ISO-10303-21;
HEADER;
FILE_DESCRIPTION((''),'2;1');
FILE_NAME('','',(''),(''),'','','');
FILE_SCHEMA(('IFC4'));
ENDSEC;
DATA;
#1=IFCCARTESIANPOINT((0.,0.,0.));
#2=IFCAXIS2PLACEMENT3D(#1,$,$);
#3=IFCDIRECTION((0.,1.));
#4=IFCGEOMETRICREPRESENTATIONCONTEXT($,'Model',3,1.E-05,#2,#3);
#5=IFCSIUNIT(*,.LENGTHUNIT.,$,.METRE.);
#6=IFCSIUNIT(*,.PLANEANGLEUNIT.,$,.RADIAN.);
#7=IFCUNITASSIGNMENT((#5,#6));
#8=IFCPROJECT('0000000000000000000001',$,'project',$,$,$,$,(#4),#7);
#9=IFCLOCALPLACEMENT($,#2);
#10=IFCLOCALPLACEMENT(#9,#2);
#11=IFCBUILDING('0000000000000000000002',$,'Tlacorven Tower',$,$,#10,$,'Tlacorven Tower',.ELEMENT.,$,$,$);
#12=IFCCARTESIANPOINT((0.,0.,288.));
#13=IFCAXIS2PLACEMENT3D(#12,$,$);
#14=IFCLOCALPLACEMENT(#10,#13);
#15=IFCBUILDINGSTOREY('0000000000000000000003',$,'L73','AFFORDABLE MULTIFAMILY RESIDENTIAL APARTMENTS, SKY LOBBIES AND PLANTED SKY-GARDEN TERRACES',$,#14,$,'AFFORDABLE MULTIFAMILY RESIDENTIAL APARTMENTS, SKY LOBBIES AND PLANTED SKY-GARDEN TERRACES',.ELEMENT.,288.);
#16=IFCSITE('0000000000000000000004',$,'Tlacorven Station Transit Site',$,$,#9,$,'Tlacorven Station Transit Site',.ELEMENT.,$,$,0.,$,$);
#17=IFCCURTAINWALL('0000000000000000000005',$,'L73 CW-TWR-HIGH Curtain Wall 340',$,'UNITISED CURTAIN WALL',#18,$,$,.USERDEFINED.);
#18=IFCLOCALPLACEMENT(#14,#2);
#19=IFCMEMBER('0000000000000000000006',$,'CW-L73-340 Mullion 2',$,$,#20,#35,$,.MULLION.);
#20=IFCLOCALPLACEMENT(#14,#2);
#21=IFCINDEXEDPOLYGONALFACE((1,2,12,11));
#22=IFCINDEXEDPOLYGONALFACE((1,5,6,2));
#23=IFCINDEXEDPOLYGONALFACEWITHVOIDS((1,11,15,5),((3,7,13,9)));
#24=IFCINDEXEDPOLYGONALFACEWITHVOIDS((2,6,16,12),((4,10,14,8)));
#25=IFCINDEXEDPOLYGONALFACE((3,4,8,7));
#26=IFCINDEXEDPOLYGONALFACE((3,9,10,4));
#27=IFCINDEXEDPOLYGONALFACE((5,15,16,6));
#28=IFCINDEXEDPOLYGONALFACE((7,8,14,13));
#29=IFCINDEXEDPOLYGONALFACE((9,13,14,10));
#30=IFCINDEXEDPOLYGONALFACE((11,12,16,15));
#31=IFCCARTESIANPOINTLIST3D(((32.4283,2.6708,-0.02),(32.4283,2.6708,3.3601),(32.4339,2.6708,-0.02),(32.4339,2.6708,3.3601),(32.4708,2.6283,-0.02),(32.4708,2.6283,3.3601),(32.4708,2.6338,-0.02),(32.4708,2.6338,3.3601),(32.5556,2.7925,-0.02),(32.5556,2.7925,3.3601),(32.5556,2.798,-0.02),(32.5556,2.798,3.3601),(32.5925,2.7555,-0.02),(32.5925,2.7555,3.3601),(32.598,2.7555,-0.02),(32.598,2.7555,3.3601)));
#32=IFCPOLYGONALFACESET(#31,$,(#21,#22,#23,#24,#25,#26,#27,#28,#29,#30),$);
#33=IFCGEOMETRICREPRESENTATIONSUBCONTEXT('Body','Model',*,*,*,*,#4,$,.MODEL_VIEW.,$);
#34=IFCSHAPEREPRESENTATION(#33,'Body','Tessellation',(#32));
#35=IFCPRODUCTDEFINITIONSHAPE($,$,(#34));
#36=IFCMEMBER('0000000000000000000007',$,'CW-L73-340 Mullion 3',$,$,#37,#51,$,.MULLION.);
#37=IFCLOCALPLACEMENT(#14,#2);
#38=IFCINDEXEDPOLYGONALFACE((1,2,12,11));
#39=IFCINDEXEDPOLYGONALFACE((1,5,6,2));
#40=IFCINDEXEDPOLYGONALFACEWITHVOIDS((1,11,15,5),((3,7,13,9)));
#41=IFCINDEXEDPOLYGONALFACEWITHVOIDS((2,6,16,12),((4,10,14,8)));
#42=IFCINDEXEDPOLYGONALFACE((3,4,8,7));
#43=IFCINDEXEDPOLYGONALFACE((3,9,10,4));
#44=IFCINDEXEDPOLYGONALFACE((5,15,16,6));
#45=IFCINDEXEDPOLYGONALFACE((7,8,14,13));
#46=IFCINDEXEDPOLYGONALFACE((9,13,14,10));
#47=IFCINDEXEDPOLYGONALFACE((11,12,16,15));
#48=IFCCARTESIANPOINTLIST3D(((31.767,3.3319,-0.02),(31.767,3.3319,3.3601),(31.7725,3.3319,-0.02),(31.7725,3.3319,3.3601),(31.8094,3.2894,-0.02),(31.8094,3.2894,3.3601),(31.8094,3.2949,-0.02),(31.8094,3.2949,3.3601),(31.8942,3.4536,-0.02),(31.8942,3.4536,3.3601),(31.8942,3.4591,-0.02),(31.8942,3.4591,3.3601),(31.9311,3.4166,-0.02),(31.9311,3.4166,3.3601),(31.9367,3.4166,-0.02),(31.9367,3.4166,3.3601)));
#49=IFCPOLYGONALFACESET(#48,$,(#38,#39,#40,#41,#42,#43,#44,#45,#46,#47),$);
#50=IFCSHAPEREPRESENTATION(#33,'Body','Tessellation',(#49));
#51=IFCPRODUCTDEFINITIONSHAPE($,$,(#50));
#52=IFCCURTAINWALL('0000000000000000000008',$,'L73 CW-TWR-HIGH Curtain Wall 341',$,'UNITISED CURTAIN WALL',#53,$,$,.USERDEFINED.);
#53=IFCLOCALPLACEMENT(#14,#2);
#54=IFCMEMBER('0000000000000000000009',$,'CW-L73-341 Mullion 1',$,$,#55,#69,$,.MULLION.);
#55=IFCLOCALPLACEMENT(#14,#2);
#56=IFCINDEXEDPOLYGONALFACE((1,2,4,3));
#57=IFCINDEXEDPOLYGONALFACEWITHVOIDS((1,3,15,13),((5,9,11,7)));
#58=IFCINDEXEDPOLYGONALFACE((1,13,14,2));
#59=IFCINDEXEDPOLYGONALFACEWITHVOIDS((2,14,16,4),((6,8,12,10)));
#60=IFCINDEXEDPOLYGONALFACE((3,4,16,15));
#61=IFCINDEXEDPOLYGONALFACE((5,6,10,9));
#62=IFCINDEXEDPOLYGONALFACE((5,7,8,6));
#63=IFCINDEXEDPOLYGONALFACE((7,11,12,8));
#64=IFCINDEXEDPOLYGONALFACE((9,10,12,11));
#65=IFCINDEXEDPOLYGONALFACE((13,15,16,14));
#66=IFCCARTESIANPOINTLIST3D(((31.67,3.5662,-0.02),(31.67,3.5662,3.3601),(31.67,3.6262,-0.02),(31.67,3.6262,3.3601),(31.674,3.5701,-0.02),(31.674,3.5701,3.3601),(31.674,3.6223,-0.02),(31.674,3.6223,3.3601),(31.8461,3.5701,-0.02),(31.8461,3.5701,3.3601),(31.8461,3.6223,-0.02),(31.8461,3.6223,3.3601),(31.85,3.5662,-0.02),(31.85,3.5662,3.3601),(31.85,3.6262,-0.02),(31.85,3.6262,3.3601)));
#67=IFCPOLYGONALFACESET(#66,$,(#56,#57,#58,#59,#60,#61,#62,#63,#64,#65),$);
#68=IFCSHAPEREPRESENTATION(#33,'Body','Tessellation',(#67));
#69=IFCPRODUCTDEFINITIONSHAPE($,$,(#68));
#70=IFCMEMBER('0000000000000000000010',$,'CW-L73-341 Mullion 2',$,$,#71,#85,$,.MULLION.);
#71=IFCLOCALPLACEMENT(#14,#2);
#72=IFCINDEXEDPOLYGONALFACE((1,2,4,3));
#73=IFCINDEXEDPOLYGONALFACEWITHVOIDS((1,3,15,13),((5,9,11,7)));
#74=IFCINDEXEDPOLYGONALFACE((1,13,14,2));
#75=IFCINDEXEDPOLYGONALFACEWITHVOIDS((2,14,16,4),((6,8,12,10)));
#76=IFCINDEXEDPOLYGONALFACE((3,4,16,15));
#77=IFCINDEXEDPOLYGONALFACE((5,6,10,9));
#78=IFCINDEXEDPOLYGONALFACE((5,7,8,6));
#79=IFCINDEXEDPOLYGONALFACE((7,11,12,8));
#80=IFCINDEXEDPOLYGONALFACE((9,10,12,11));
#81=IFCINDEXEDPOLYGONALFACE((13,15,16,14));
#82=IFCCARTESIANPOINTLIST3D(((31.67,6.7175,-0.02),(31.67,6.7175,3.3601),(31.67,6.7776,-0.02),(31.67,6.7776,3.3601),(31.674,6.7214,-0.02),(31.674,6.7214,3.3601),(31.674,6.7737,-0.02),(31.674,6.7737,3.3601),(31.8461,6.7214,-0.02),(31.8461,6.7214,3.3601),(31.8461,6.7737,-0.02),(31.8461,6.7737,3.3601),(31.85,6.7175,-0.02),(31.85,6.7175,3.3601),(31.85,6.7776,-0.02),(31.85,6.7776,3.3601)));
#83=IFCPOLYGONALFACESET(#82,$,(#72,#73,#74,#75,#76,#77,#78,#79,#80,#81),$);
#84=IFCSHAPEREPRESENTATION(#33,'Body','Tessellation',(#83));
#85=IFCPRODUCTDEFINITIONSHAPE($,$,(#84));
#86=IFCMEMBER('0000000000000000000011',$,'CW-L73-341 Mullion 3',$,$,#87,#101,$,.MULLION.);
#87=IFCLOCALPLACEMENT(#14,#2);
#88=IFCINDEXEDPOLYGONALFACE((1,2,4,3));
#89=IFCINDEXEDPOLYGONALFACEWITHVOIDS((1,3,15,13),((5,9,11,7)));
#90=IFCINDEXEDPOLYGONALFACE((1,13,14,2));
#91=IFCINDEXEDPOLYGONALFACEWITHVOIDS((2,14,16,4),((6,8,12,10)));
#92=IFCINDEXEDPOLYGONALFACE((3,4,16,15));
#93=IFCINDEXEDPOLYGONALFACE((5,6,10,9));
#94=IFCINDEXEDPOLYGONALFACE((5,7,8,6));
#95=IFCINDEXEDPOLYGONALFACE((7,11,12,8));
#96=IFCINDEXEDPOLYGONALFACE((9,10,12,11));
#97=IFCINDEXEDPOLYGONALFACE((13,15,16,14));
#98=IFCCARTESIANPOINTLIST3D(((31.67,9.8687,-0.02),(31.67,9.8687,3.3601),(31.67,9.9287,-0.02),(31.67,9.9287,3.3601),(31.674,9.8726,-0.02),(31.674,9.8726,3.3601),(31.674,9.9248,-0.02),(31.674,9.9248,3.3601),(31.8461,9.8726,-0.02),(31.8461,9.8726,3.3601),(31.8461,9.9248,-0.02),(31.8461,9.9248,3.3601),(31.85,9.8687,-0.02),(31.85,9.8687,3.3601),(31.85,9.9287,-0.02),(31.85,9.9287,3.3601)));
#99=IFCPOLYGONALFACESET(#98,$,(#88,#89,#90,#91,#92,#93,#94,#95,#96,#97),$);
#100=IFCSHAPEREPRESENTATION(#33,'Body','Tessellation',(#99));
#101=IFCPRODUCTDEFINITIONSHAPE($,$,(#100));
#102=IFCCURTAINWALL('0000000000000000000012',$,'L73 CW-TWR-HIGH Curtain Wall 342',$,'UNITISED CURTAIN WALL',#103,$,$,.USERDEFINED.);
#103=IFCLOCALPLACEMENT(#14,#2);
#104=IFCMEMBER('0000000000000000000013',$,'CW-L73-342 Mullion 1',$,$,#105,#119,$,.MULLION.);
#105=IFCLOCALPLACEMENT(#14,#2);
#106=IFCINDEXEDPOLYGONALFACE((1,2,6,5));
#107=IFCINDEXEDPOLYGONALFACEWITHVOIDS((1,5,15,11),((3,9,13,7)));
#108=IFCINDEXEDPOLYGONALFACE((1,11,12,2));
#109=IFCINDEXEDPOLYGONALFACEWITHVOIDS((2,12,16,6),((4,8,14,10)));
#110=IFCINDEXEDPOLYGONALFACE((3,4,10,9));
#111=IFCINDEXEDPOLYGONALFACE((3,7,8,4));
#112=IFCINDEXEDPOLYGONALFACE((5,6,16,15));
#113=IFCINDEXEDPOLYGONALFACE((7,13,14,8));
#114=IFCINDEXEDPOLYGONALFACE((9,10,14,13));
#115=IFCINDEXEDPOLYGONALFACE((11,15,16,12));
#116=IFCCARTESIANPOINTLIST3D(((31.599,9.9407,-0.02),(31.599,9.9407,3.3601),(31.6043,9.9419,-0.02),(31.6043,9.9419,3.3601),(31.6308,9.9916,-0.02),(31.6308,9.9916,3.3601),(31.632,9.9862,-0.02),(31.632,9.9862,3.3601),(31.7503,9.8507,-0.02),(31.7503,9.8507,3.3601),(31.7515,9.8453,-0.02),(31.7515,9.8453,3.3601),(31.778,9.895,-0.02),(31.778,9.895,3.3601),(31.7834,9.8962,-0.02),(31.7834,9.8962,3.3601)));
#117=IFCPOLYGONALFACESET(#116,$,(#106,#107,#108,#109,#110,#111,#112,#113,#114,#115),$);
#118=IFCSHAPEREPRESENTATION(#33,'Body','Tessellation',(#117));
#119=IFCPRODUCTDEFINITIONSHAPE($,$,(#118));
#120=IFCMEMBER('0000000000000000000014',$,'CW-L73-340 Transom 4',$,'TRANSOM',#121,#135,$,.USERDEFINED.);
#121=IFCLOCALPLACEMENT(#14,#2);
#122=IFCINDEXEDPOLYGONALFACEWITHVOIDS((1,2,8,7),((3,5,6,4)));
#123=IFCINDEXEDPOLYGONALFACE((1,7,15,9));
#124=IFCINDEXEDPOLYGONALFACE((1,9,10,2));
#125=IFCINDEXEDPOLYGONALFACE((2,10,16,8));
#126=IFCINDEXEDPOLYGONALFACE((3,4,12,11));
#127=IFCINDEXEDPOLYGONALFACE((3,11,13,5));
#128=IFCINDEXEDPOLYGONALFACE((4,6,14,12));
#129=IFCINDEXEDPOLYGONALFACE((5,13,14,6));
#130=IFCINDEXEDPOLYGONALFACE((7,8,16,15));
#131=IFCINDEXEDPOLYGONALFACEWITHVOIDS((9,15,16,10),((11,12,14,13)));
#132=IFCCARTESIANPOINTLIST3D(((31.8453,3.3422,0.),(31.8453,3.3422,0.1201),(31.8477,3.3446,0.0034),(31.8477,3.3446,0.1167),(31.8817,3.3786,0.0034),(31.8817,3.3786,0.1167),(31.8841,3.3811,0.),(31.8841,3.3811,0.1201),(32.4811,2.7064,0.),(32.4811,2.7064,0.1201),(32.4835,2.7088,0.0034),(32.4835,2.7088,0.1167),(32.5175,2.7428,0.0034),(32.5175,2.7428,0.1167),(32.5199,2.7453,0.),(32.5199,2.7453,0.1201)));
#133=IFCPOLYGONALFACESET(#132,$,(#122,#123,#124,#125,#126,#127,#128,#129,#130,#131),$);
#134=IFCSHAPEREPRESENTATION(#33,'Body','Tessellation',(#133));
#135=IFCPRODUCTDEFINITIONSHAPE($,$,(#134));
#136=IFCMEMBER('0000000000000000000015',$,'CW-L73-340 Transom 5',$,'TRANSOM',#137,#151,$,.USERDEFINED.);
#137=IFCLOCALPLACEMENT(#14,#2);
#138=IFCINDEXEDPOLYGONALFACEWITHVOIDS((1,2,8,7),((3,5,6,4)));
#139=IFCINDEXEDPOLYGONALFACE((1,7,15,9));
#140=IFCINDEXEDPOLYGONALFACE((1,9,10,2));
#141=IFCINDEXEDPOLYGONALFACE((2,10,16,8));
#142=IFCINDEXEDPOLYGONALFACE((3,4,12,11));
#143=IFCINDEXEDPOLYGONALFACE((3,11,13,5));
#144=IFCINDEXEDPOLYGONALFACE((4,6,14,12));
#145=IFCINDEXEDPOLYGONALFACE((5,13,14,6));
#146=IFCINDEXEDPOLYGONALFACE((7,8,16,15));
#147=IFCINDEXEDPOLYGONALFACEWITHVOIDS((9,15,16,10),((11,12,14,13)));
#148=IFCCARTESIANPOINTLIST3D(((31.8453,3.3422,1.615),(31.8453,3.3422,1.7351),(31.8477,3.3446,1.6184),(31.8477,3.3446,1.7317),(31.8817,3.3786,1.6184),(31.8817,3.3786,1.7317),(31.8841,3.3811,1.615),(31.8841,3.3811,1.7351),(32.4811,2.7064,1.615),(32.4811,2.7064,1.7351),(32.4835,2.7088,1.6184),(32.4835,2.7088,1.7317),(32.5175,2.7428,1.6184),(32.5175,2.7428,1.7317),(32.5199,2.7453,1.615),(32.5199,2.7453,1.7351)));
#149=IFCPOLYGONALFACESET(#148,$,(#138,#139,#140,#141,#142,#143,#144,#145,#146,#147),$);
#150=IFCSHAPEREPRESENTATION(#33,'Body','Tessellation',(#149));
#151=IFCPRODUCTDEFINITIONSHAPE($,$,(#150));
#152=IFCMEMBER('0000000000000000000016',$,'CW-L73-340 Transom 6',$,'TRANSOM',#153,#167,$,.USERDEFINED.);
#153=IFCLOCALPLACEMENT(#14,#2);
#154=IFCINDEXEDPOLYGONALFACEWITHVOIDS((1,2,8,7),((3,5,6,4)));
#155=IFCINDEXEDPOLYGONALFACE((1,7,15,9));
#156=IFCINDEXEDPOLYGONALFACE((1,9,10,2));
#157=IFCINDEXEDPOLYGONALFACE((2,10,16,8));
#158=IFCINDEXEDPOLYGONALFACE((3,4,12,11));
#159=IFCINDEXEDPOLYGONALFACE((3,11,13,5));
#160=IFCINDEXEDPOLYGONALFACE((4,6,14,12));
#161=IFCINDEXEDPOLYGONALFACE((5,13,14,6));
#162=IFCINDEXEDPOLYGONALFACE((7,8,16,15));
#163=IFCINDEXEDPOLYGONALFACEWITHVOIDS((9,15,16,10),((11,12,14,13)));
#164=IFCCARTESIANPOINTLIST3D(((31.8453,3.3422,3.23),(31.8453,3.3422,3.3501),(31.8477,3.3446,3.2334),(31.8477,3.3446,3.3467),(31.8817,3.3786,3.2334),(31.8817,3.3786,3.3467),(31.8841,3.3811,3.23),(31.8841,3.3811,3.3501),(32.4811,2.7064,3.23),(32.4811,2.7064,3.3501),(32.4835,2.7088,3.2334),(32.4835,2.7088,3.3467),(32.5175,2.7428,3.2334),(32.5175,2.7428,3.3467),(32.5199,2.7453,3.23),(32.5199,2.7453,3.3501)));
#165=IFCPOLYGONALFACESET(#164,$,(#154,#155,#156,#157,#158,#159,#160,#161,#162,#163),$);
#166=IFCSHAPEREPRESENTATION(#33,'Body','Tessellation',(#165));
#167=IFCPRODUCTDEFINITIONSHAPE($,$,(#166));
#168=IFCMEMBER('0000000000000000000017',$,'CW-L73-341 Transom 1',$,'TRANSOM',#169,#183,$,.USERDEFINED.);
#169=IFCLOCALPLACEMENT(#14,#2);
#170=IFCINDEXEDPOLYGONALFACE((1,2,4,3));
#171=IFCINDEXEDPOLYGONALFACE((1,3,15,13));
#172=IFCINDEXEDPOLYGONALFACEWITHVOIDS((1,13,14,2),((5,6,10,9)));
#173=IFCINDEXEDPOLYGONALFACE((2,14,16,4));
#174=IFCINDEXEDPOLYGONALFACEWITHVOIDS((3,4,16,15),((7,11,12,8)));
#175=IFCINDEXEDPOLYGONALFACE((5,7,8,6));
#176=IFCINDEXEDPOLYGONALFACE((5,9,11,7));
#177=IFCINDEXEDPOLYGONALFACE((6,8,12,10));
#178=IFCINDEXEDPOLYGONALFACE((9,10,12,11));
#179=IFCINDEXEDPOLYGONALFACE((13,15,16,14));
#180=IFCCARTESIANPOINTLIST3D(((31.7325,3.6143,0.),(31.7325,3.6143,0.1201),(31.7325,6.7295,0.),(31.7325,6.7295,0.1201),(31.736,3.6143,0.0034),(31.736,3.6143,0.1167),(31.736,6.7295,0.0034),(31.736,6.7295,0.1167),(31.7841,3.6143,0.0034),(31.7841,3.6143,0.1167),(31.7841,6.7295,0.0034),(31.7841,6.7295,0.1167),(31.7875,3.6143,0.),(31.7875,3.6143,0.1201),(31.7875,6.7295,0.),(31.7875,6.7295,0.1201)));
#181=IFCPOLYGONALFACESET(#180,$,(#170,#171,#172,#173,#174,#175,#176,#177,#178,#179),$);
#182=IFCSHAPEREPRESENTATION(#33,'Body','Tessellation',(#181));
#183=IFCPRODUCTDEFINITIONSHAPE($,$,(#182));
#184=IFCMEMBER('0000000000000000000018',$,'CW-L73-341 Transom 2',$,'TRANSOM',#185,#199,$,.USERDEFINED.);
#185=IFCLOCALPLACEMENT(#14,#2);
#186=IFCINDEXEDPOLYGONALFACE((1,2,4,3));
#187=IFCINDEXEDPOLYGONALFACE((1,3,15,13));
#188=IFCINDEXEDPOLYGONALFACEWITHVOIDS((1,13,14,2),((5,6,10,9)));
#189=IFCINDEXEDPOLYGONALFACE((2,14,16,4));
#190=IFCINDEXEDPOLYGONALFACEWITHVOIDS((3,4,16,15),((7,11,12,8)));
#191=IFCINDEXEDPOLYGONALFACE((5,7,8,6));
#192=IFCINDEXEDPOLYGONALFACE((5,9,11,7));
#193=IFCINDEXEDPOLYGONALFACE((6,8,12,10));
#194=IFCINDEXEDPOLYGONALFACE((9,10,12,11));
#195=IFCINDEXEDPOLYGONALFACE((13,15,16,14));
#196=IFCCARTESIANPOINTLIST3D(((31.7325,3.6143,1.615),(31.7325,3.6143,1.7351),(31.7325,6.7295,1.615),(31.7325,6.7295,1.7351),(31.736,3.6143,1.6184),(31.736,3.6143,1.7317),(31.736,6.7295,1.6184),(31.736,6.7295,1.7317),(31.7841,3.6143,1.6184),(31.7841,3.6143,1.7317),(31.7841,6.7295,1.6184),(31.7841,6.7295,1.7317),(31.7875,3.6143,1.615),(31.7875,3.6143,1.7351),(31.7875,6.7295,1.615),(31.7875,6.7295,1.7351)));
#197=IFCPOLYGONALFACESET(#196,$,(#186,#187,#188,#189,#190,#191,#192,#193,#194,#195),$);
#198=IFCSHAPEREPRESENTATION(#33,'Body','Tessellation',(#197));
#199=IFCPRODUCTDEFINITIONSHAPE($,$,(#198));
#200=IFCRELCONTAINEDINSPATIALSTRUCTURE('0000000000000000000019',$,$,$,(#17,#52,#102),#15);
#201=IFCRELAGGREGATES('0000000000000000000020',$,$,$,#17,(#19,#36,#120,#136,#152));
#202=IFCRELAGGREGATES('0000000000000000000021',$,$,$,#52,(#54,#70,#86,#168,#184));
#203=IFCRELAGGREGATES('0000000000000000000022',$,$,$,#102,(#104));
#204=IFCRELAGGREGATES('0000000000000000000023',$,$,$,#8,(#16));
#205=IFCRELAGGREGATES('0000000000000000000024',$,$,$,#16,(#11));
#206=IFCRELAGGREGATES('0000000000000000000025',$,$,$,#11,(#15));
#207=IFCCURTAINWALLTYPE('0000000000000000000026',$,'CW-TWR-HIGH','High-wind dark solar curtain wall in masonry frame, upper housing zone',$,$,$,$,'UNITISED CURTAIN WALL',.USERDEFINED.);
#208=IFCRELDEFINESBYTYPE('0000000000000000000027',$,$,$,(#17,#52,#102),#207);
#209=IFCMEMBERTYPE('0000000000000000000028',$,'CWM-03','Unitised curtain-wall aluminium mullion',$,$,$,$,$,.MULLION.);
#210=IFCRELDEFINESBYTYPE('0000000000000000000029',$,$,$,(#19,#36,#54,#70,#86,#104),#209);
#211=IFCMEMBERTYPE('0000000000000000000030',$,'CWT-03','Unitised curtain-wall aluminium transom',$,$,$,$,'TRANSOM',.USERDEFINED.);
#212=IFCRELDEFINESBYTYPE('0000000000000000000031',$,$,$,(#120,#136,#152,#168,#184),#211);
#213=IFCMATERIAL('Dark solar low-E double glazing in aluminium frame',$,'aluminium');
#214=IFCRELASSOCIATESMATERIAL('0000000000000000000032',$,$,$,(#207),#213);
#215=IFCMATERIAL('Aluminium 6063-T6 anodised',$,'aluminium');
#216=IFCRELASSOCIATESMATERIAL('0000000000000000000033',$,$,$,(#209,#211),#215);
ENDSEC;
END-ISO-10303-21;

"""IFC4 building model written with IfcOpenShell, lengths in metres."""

from ifc_helpers import new_model, si_unit, direction, frame, origin, origin_2d, place, context, subcontext, project, spatial, hollow_rectangle, extrude, source, transform, mapped, material, material_profile, profile_set, type_object, element, aggregate, save


model = new_model("IFC4")

# Units and contexts
model_context = context("Model", 3, precision=1e-05, world=origin(), true_north=direction((0.0, 1.0)))
body_context = subcontext(model_context, "Body", "Model", "MODEL_VIEW")
ifc_project = project(units=[si_unit("LENGTHUNIT", "METRE"), si_unit("PLANEANGLEUNIT", "RADIAN")], contexts=[model_context])

# Site, building, storey
site_placement = place(None, origin())
site = spatial("IfcSite", under=ifc_project, at=site_placement, Name="Tlacorven Station Transit Site", LongName="Tlacorven Station Transit Site", CompositionType="ELEMENT", RefElevation=0.0)
building_placement = place(site_placement, origin())
building = spatial("IfcBuilding", under=site, at=building_placement, Name="Tlacorven Tower", LongName="Tlacorven Tower", CompositionType="ELEMENT")
storey_placement = place(building_placement, frame((0.0, 0.0, 288.0)))
storey = spatial("IfcBuildingStorey", under=building, at=storey_placement, Name="L73", Description="AFFORDABLE MULTIFAMILY RESIDENTIAL APARTMENTS, SKY LOBBIES AND PLANTED SKY-GARDEN TERRACES", LongName="AFFORDABLE MULTIFAMILY RESIDENTIAL APARTMENTS, SKY LOBBIES AND PLANTED SKY-GARDEN TERRACES", CompositionType="ELEMENT", Elevation=288.0)

# Curtain walls, members
ifc_material_1 = material(Name="Dark solar low-E double glazing in aluminium frame", Category="aluminium")
curtain_wall_type = type_object("IfcCurtainWallType", Name="CW-TWR-HIGH", Description="High-wind dark solar curtain wall in masonry frame, upper housing zone", ElementType="UNITISED CURTAIN WALL", PredefinedType="USERDEFINED", material=ifc_material_1)
curtain_wall_1_placement = place(storey_placement, origin())
curtain_wall_1 = element("IfcCurtainWall", 1, at=curtain_wall_1_placement, inside=storey, type_object=curtain_wall_type, Name="L73 CW-TWR-HIGH Curtain Wall 340", ObjectType="UNITISED CURTAIN WALL", PredefinedType="USERDEFINED")
ifc_material_2 = material(Name="Aluminium 6063-T6 anodised", Category="aluminium")
ifc_material_profile_1 = material_profile(ifc_material_2, hollow_rectangle(XDim=0.0601, YDim=0.1799, WallThickness=0.0039, at=origin_2d()), Name="ALU MULLION 60X180")
ifc_profile_set_1 = profile_set([ifc_material_profile_1], Name="Aluminium 6063-T6 anodised")
member_type_1 = type_object("IfcMemberType", Name="CWM-03", Description="Unitised curtain-wall aluminium mullion", PredefinedType="MULLION", material=ifc_profile_set_1)
shared_shape_1 = source(origin(), body_context, "Body", "SweptSolid", [
    extrude(hollow_rectangle(XDim=0.0601, YDim=0.1799, WallThickness=0.0039, at=origin_2d()), origin(), (0.0, 0.0, 1.0), 3.3801),
])
member_1_placement = place(storey_placement, frame((32.5132, 2.7131, -0.02), z_axis=(0.0, 0.0, 1.0), x_axis=(-0.707107, 0.707107, 0.0)))
member_1 = element("IfcMember", 2, at=member_1_placement, type_object=member_type_1, Name="CW-L73-340 Mullion 2", PredefinedType="MULLION", context=body_context, shape_type="MappedRepresentation", body=[
    mapped(shared_shape_1, transform((0.0, 0.0, 0.0), scale=1.0)),
])
member_2_placement = place(storey_placement, frame((31.8518, 3.3743, -0.02), z_axis=(0.0, 0.0, 1.0), x_axis=(-0.707107, 0.707107, 0.0)))
member_2 = element("IfcMember", 3, at=member_2_placement, type_object=member_type_1, Name="CW-L73-340 Mullion 3", PredefinedType="MULLION", context=body_context, shape_type="MappedRepresentation", body=[
    mapped(shared_shape_1, transform((0.0, 0.0, 0.0), scale=1.0)),
])
curtain_wall_2_placement = place(storey_placement, origin())
curtain_wall_2 = element("IfcCurtainWall", 4, at=curtain_wall_2_placement, inside=storey, type_object=curtain_wall_type, Name="L73 CW-TWR-HIGH Curtain Wall 341", ObjectType="UNITISED CURTAIN WALL", PredefinedType="USERDEFINED")
member_3_placement = place(storey_placement, frame((31.76, 3.5962, -0.02), z_axis=(0.0, 0.0, 1.0), x_axis=(0.0, 1.0, 0.0)))
member_3 = element("IfcMember", 5, at=member_3_placement, type_object=member_type_1, Name="CW-L73-341 Mullion 1", PredefinedType="MULLION", context=body_context, shape_type="MappedRepresentation", body=[
    mapped(shared_shape_1, transform((0.0, 0.0, 0.0), scale=1.0)),
])
member_4_placement = place(storey_placement, frame((31.76, 6.7476, -0.02), z_axis=(0.0, 0.0, 1.0), x_axis=(0.0, 1.0, 0.0)))
member_4 = element("IfcMember", 6, at=member_4_placement, type_object=member_type_1, Name="CW-L73-341 Mullion 2", PredefinedType="MULLION", context=body_context, shape_type="MappedRepresentation", body=[
    mapped(shared_shape_1, transform((0.0, 0.0, 0.0), scale=1.0)),
])
member_5_placement = place(storey_placement, frame((31.76, 9.8987, -0.02), z_axis=(0.0, 0.0, 1.0), x_axis=(0.0, 1.0, 0.0)))
member_5 = element("IfcMember", 7, at=member_5_placement, type_object=member_type_1, Name="CW-L73-341 Mullion 3", PredefinedType="MULLION", context=body_context, shape_type="MappedRepresentation", body=[
    mapped(shared_shape_1, transform((0.0, 0.0, 0.0), scale=1.0)),
])

# Curtain wall, member
curtain_wall_3_placement = place(storey_placement, origin())
curtain_wall_3 = element("IfcCurtainWall", 8, at=curtain_wall_3_placement, inside=storey, type_object=curtain_wall_type, Name="L73 CW-TWR-HIGH Curtain Wall 342", ObjectType="UNITISED CURTAIN WALL", PredefinedType="USERDEFINED")
member_6_placement = place(storey_placement, frame((31.6912, 9.9185, -0.02), z_axis=(0.0, 0.0, 1.0), x_axis=(-0.529919, -0.848048, 0.0)))
member_6 = element("IfcMember", 9, at=member_6_placement, type_object=member_type_1, Name="CW-L73-342 Mullion 1", PredefinedType="MULLION", context=body_context, shape_type="MappedRepresentation", body=[
    mapped(shared_shape_1, transform((0.0, 0.0, 0.0), scale=1.0)),
])

# Members
ifc_material_profile_2 = material_profile(ifc_material_2, hollow_rectangle(XDim=0.0549, YDim=0.1201, WallThickness=0.0034, at=origin_2d()), Name="ALU TRANSOM 55X120")
ifc_profile_set_2 = profile_set([ifc_material_profile_2], Name="Aluminium 6063-T6 anodised")
member_type_2 = type_object("IfcMemberType", Name="CWT-03", Description="Unitised curtain-wall aluminium transom", ElementType="TRANSOM", PredefinedType="USERDEFINED", material=ifc_profile_set_2)
shared_shape_2 = source(origin(), body_context, "Body", "SweptSolid", [
    extrude(hollow_rectangle(XDim=0.0549, YDim=0.1201, WallThickness=0.0034, at=origin_2d()), origin(), (0.0, 0.0, 1.0), 0.8992),
])
member_7_placement = place(storey_placement, frame((32.5005, 2.7258, 0.0601), z_axis=(-0.707107, 0.707107, 0.0), x_axis=(-0.707107, -0.707107, 0.0)))
member_7 = element("IfcMember", 10, at=member_7_placement, type_object=member_type_2, Name="CW-L73-340 Transom 4", ObjectType="TRANSOM", PredefinedType="USERDEFINED", context=body_context, shape_type="MappedRepresentation", body=[
    mapped(shared_shape_2, transform((0.0, 0.0, 0.0), scale=1.0)),
])
member_8_placement = place(storey_placement, frame((32.5005, 2.7258, 1.675), z_axis=(-0.707107, 0.707107, 0.0), x_axis=(-0.707107, -0.707107, 0.0)))
member_8 = element("IfcMember", 11, at=member_8_placement, type_object=member_type_2, Name="CW-L73-340 Transom 5", ObjectType="TRANSOM", PredefinedType="USERDEFINED", context=body_context, shape_type="MappedRepresentation", body=[
    mapped(shared_shape_2, transform((0.0, 0.0, 0.0), scale=1.0)),
])
member_9_placement = place(storey_placement, frame((32.5005, 2.7258, 3.29), z_axis=(-0.707107, 0.707107, 0.0), x_axis=(-0.707107, -0.707107, 0.0)))
member_9 = element("IfcMember", 12, at=member_9_placement, type_object=member_type_2, Name="CW-L73-340 Transom 6", ObjectType="TRANSOM", PredefinedType="USERDEFINED", context=body_context, shape_type="MappedRepresentation", body=[
    mapped(shared_shape_2, transform((0.0, 0.0, 0.0), scale=1.0)),
])
shared_shape_3 = source(origin(), body_context, "Body", "SweptSolid", [
    extrude(hollow_rectangle(XDim=0.0549, YDim=0.1201, WallThickness=0.0034, at=origin_2d()), origin(), (0.0, 0.0, 1.0), 3.1152),
])
member_10_placement = place(storey_placement, frame((31.76, 3.6143, 0.0601), z_axis=(0.0, 1.0, 0.0), x_axis=(-1.0, 0.0, 0.0)))
member_10 = element("IfcMember", 13, at=member_10_placement, type_object=member_type_2, Name="CW-L73-341 Transom 1", ObjectType="TRANSOM", PredefinedType="USERDEFINED", context=body_context, shape_type="MappedRepresentation", body=[
    mapped(shared_shape_3, transform((0.0, 0.0, 0.0), scale=1.0)),
])
member_11_placement = place(storey_placement, frame((31.76, 3.6143, 1.675), z_axis=(0.0, 1.0, 0.0), x_axis=(-1.0, 0.0, 0.0)))
member_11 = element("IfcMember", 14, at=member_11_placement, type_object=member_type_2, Name="CW-L73-341 Transom 2", ObjectType="TRANSOM", PredefinedType="USERDEFINED", context=body_context, shape_type="MappedRepresentation", body=[
    mapped(shared_shape_3, transform((0.0, 0.0, 0.0), scale=1.0)),
])

aggregate(curtain_wall_1, [member_1, member_2, member_7, member_8, member_9])
aggregate(curtain_wall_2, [member_3, member_4, member_5, member_10, member_11])
aggregate(curtain_wall_3, [member_6])

save(model, "model.ifc")
